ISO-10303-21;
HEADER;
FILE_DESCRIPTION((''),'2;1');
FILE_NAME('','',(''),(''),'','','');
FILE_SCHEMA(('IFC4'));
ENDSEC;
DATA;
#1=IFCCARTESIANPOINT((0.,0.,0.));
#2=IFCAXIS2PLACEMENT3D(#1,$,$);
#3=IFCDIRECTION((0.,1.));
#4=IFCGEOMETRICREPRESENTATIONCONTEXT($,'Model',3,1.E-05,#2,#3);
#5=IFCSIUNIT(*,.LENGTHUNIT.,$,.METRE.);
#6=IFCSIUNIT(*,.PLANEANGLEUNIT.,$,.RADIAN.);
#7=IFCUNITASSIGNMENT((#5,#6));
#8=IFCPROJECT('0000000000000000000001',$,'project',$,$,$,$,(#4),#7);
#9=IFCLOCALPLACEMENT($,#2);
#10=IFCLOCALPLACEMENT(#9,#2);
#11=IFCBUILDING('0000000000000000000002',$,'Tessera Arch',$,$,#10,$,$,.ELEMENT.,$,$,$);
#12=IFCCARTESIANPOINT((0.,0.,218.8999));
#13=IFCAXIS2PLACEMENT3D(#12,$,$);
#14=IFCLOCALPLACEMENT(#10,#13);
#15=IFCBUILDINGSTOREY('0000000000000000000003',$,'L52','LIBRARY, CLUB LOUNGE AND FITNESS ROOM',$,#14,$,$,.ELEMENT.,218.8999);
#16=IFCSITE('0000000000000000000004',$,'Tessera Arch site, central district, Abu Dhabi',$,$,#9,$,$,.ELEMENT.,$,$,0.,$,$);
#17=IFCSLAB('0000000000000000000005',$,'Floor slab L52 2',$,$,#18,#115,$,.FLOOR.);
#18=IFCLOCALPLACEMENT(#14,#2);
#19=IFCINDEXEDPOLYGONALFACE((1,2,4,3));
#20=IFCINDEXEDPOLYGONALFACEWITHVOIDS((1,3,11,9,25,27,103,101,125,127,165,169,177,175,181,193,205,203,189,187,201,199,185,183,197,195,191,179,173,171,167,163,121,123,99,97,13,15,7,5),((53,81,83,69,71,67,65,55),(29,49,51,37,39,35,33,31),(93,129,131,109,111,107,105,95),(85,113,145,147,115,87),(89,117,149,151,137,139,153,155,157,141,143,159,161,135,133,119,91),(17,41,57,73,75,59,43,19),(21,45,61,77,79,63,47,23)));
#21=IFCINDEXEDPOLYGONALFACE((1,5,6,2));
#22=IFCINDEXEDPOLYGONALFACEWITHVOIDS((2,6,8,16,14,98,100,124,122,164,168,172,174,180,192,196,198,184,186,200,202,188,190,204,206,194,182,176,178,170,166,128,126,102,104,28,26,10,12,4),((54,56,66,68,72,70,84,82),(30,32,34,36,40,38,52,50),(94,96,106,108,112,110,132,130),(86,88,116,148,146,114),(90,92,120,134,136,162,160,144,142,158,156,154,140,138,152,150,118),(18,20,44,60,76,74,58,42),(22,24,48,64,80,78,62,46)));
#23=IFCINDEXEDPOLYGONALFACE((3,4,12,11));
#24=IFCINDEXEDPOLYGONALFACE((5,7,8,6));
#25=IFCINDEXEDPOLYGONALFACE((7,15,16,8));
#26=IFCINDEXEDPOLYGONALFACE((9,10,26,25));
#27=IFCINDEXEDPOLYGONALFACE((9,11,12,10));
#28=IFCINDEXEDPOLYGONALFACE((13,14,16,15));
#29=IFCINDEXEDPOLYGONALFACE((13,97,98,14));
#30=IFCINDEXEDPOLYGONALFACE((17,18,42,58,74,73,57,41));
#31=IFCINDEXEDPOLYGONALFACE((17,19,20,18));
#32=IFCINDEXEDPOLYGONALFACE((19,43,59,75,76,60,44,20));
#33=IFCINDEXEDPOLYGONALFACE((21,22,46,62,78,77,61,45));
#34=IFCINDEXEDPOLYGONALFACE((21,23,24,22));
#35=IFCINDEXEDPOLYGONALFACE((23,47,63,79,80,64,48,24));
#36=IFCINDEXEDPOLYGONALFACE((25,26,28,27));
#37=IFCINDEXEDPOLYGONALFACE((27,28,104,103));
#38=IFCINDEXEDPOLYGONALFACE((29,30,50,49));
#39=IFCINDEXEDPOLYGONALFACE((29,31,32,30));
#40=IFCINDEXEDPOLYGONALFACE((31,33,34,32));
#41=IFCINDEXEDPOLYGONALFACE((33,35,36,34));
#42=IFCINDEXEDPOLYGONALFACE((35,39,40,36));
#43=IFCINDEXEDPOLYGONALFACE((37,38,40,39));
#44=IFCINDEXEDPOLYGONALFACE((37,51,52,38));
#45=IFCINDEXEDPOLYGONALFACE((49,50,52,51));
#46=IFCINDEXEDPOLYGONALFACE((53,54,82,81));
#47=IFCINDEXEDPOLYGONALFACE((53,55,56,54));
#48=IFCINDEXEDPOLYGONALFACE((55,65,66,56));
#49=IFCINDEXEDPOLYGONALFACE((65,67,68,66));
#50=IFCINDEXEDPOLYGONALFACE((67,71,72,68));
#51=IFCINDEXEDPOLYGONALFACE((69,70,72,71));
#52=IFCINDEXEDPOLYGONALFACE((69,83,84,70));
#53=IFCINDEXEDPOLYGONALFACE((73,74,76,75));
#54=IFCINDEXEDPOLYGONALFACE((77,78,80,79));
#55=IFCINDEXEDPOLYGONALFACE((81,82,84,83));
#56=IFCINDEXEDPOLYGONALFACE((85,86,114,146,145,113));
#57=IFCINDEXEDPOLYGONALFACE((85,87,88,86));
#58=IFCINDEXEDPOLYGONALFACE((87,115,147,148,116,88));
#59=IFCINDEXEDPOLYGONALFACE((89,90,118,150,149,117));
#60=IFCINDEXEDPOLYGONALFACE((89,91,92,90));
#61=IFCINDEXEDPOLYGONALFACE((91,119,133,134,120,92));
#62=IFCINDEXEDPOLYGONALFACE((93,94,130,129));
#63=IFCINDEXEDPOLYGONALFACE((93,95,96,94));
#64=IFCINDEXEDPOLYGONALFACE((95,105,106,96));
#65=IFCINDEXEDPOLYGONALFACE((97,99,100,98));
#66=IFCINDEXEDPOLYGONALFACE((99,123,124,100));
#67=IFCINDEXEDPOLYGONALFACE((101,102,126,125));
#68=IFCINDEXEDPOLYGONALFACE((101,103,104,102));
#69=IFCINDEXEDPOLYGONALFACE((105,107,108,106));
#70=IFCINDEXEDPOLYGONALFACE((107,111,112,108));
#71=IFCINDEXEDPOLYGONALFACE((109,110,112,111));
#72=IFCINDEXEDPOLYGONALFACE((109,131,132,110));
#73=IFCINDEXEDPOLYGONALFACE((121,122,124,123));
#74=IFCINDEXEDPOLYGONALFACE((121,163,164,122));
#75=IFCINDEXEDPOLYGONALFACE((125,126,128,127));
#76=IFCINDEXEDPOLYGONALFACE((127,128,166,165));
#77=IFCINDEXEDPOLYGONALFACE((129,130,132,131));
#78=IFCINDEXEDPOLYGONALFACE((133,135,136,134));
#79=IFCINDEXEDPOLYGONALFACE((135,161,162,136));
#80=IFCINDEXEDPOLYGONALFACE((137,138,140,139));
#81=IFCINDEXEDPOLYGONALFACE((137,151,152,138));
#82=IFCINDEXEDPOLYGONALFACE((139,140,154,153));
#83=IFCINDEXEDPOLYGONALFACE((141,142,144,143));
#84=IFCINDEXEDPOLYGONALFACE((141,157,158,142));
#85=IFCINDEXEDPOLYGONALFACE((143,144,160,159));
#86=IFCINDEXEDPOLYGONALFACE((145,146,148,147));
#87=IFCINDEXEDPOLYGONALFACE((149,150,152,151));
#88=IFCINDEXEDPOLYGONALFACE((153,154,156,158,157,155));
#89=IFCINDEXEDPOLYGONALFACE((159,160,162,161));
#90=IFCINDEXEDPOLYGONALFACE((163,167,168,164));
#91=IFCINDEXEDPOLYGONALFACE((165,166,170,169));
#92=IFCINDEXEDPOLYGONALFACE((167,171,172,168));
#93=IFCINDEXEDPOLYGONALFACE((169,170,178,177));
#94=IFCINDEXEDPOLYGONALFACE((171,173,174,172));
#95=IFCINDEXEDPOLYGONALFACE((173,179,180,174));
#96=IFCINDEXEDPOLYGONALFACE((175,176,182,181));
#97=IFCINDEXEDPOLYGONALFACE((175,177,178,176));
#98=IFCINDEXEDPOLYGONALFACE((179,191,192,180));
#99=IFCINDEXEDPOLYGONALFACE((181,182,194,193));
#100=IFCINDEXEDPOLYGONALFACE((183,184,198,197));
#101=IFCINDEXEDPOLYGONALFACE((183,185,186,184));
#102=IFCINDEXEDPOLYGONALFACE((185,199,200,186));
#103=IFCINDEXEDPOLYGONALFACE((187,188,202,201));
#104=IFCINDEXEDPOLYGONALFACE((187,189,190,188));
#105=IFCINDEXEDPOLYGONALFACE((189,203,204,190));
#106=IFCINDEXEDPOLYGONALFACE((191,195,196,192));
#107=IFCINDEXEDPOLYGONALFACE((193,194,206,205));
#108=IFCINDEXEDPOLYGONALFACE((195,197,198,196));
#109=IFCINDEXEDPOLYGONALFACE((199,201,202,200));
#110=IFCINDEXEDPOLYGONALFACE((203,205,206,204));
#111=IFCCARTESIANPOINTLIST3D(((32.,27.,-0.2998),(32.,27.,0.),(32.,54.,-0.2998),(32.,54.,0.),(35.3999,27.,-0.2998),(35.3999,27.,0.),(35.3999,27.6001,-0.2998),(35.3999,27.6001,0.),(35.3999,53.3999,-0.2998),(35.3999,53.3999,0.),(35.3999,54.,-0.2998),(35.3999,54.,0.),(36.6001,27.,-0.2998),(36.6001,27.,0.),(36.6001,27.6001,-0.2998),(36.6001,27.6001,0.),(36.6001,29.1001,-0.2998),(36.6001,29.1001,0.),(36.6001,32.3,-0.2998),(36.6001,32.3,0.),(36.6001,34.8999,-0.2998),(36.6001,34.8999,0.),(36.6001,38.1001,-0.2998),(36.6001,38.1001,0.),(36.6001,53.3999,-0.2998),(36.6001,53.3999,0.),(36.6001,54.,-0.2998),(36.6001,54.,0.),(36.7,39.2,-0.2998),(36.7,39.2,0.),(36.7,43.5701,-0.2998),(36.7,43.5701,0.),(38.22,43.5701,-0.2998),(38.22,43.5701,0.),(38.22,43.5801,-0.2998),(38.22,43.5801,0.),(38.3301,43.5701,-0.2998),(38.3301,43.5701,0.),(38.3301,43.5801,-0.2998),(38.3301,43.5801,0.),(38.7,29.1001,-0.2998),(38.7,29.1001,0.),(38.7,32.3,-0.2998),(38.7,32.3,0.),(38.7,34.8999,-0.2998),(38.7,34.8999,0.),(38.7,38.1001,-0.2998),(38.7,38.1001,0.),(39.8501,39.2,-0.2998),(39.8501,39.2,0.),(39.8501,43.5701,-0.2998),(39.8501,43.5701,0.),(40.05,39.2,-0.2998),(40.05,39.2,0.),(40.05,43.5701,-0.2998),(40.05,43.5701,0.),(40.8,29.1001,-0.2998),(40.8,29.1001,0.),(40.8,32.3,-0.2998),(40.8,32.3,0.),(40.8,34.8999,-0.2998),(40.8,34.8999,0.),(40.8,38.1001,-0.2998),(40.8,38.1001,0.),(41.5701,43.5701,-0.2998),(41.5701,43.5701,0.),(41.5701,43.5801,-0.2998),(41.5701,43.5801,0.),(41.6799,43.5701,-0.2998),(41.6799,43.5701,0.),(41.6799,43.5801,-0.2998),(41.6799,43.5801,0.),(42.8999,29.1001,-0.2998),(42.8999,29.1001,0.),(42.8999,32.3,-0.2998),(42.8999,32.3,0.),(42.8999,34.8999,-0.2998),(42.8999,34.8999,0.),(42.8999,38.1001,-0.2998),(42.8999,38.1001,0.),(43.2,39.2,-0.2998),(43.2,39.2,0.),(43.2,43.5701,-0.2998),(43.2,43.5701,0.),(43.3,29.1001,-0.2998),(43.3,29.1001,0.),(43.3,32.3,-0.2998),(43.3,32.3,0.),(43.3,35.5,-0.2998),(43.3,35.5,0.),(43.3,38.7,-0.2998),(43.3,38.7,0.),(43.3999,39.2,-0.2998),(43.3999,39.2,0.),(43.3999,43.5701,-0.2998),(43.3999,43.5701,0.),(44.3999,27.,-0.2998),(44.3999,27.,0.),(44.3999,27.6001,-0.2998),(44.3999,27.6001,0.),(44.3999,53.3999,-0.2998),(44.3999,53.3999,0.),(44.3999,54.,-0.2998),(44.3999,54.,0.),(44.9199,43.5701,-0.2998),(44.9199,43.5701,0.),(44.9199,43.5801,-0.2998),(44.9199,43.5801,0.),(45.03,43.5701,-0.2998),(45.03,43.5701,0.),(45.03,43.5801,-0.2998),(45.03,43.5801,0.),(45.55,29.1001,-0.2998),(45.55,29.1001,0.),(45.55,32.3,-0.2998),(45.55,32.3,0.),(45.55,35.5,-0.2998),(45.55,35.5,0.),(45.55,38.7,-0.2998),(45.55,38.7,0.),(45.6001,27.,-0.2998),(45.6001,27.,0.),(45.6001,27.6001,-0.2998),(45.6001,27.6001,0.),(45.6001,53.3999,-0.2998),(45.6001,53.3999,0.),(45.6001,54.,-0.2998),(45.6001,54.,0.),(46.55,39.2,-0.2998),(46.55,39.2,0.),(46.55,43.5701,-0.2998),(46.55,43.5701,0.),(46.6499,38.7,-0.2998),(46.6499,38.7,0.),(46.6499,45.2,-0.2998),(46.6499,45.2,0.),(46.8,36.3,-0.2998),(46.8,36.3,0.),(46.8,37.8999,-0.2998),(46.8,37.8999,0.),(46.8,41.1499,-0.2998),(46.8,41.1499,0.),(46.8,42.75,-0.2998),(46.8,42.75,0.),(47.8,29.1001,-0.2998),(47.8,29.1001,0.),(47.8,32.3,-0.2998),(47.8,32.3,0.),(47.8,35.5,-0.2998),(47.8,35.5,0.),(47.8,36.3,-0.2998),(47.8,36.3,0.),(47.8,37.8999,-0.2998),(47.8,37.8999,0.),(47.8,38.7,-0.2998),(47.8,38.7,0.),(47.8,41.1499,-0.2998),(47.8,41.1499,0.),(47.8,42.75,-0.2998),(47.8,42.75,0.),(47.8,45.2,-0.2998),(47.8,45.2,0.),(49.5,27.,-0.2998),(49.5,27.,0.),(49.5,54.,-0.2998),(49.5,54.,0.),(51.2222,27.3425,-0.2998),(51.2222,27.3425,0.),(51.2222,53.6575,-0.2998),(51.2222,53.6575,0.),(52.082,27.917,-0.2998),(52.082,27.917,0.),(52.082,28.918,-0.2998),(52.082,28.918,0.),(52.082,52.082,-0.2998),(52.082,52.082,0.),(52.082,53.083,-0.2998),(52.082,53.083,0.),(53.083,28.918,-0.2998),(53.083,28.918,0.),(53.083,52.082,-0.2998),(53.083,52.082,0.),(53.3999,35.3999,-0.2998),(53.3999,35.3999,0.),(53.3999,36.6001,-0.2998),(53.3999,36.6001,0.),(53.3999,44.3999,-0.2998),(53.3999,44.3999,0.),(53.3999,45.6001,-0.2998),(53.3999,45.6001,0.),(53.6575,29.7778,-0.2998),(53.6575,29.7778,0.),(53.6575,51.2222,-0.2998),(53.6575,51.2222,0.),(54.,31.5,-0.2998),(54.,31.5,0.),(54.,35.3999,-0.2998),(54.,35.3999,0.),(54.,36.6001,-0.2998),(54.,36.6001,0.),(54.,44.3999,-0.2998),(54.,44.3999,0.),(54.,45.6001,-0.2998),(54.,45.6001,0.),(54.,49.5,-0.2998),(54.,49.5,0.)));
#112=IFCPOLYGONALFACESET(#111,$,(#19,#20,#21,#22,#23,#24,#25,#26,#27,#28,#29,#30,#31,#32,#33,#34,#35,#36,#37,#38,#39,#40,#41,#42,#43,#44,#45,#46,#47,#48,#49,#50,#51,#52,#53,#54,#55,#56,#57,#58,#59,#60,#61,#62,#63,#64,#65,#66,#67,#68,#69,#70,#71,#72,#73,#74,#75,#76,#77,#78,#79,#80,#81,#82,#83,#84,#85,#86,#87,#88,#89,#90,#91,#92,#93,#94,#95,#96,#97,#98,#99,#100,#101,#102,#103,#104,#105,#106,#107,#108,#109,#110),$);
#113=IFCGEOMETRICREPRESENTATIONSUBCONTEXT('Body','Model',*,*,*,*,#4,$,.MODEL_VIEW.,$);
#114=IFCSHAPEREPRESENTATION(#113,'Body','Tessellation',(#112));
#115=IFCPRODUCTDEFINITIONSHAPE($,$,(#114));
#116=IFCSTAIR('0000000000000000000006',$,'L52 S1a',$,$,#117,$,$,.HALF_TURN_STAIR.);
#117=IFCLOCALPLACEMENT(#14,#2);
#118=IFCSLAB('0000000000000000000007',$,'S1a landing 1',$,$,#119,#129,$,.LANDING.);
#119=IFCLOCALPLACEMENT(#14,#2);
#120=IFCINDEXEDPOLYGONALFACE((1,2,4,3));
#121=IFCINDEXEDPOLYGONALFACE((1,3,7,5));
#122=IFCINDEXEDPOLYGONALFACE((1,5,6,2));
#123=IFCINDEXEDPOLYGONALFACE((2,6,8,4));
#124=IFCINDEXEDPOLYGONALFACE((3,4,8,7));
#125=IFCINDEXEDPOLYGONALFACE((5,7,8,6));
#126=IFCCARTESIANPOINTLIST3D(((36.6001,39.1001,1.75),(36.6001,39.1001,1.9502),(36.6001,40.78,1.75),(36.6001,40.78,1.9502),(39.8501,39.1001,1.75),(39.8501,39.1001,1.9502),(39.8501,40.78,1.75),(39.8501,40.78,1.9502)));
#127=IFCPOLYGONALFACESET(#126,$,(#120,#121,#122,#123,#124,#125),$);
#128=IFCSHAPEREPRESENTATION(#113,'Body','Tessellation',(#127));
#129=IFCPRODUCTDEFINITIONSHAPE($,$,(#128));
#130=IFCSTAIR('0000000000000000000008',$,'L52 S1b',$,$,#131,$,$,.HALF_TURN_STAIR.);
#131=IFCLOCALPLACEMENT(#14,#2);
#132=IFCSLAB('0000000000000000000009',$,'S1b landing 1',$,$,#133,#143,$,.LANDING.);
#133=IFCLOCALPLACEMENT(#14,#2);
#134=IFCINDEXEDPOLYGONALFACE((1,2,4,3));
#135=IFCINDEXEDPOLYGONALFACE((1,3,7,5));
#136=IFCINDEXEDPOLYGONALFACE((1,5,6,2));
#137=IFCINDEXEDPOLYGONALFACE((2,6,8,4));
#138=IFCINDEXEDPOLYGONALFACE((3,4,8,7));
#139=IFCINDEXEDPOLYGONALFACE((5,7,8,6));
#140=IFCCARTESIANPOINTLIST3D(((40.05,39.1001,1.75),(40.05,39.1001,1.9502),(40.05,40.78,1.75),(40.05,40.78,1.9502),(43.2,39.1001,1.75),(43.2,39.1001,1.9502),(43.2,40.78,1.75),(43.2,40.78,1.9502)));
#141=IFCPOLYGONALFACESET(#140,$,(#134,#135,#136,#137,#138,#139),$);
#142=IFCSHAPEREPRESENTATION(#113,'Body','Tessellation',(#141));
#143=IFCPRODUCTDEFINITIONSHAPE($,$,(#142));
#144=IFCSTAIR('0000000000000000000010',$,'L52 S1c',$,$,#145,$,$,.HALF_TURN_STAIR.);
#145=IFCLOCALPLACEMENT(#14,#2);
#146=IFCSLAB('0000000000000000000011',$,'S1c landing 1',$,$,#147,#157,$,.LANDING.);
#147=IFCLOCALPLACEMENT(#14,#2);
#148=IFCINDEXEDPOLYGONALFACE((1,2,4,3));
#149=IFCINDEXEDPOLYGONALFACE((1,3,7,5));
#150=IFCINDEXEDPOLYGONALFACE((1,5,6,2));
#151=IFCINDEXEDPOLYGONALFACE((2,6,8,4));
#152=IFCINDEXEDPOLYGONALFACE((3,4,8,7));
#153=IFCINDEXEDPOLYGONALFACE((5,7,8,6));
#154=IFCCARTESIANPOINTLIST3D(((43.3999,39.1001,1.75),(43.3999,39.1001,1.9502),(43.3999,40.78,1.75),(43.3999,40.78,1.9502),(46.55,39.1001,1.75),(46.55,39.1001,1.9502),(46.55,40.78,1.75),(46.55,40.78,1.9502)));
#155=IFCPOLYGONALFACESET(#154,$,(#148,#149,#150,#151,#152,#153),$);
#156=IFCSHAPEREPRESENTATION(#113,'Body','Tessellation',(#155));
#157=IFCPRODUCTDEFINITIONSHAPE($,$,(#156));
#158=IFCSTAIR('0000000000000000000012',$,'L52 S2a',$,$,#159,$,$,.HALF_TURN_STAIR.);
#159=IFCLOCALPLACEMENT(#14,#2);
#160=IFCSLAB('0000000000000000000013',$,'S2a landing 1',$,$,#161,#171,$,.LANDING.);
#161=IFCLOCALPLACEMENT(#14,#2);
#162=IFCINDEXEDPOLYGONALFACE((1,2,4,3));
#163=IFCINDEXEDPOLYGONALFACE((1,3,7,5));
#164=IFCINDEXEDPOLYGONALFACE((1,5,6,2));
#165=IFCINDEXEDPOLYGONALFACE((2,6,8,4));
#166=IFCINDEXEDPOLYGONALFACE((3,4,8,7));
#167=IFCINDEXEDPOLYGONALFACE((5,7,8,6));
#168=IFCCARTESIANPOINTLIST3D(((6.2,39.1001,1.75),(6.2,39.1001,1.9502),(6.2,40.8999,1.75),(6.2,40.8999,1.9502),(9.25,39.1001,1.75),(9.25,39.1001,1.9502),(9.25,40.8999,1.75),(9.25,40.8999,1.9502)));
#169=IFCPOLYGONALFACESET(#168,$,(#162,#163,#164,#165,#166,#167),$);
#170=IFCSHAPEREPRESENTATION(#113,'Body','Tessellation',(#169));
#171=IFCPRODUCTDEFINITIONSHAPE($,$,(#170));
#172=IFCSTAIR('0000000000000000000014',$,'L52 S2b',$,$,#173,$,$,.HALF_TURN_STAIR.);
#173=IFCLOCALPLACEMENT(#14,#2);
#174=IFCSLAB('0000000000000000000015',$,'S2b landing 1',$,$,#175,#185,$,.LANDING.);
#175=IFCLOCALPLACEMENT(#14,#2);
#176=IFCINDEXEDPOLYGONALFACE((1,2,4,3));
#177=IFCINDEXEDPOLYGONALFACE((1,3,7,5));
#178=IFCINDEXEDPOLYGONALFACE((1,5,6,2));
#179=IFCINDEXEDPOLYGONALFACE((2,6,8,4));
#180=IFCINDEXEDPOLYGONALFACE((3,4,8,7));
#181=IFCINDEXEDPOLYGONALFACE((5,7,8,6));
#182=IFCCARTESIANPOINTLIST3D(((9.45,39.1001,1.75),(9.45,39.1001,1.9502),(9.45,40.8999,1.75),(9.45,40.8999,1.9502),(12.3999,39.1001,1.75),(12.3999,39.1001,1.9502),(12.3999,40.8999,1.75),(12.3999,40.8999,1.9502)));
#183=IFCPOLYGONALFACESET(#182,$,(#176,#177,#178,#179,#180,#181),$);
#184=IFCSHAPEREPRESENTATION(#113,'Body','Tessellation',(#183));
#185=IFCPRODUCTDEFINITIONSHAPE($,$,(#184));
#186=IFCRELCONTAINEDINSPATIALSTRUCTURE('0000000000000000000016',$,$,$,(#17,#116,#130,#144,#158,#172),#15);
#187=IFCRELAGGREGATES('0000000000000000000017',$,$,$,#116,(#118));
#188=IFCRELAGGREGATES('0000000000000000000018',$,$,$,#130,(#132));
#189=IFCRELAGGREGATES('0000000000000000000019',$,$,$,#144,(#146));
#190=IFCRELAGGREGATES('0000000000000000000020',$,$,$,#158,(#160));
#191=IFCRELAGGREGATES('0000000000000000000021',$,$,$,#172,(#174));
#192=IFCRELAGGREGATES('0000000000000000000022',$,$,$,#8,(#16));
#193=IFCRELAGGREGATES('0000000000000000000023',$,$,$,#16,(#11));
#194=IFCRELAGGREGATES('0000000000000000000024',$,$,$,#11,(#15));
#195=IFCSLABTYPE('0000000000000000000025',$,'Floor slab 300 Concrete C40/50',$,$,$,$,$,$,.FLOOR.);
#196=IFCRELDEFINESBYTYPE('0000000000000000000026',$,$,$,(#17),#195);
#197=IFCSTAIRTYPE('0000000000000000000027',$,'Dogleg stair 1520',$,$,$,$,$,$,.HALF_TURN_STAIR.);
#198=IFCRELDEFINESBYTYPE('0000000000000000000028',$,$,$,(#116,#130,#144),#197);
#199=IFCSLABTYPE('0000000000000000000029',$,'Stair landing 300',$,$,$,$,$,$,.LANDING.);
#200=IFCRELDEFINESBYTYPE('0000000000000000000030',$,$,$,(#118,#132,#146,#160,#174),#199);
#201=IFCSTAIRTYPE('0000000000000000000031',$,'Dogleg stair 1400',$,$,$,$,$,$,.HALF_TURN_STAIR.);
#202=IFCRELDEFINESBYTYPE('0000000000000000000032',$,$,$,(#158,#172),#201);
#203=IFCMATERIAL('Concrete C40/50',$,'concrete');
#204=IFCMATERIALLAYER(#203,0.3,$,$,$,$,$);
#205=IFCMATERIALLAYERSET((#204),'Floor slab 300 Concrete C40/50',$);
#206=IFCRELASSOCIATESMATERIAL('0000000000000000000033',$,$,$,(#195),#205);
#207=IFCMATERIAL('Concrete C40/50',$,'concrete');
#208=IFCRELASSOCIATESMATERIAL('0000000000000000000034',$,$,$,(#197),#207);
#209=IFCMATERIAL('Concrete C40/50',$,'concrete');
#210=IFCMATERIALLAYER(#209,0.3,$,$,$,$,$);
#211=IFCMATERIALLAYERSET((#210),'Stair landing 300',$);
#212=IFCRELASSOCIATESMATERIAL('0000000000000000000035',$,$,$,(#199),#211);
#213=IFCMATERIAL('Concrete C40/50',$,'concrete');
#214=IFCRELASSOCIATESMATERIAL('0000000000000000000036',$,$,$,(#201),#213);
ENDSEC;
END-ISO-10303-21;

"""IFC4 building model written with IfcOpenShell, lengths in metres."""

from ifc_helpers import new_model, si_unit, direction, frame, origin, place, context, subcontext, project, spatial, polyline, outline, extrude, material, layer, layer_set, type_object, element, aggregate, save


model = new_model("IFC4")

# Units and contexts
model_context = context("Model", 3, precision=1e-05, world=origin(), true_north=direction((0.0, 1.0)))
body_context = subcontext(model_context, "Body", "Model", "MODEL_VIEW")
ifc_project = project(units=[si_unit("LENGTHUNIT", "METRE"), si_unit("PLANEANGLEUNIT", "RADIAN")], contexts=[model_context])

# Site, building, storey
site_placement = place(None, origin())
site = spatial("IfcSite", under=ifc_project, at=site_placement, Name="Tessera Arch site, central district, Abu Dhabi", CompositionType="ELEMENT", RefElevation=0.0)
building_placement = place(site_placement, origin())
building = spatial("IfcBuilding", under=site, at=building_placement, Name="Tessera Arch", CompositionType="ELEMENT")
storey_placement = place(building_placement, frame((0.0, 0.0, 218.8999)))
storey = spatial("IfcBuildingStorey", under=building, at=storey_placement, Name="L52", Description="LIBRARY, CLUB LOUNGE AND FITNESS ROOM", CompositionType="ELEMENT", Elevation=218.8999)

# Slab
ifc_material_1 = material(Name="Concrete C40/50", Category="concrete")
ifc_layer_1 = layer(ifc_material_1, 0.3)
ifc_layer_set_1 = layer_set([ifc_layer_1], Name="Floor slab 300 Concrete C40/50")
slab_type_1 = type_object("IfcSlabType", Name="Floor slab 300 Concrete C40/50", PredefinedType="FLOOR", material=ifc_layer_set_1)
slab_1_placement = place(storey_placement, frame((0.0, 0.0, -0.2998)))
element("IfcSlab", 1, at=slab_1_placement, inside=storey, type_object=slab_type_1, Name="Floor slab L52 2", PredefinedType="FLOOR", context=body_context, shape_type="SweptSolid", body=[
    extrude(outline(polyline([(51.2222, 53.6575), (52.082, 53.083), (52.082, 52.082), (53.083, 52.082), (53.6575, 51.2222), (54.0, 49.5), (54.0, 45.6001), (53.3999, 45.6001), (53.3999, 44.3999), (54.0, 44.3999), (54.0, 36.6001), (53.3999, 36.6001), (53.3999, 35.3999), (54.0, 35.3999), (54.0, 31.5), (53.6575, 29.7778), (53.083, 28.918), (52.082, 28.918), (52.082, 27.917), (51.2222, 27.3425), (49.5, 27.0), (45.6001, 27.0), (45.6001, 27.6001), (44.3999, 27.6001), (44.3999, 27.0), (36.6001, 27.0), (36.6001, 27.6001), (35.3999, 27.6001), (35.3999, 27.0), (32.0, 27.0), (32.0, 54.0), (35.3999, 54.0), (35.3999, 53.3999), (36.6001, 53.3999), (36.6001, 54.0), (44.3999, 54.0), (44.3999, 53.3999), (45.6001, 53.3999), (45.6001, 54.0), (49.5, 54.0), (51.2222, 53.6575)]), holes=[polyline([(36.6001, 29.1001), (38.7, 29.1001), (40.8, 29.1001), (42.8999, 29.1001), (42.8999, 32.3), (40.8, 32.3), (38.7, 32.3), (36.6001, 32.3), (36.6001, 29.1001)]), polyline([(47.8, 32.3), (45.55, 32.3), (43.3, 32.3), (43.3, 29.1001), (45.55, 29.1001), (47.8, 29.1001), (47.8, 32.3)]), polyline([(42.8999, 34.8999), (42.8999, 38.1001), (40.8, 38.1001), (38.7, 38.1001), (36.6001, 38.1001), (36.6001, 34.8999), (38.7, 34.8999), (40.8, 34.8999), (42.8999, 34.8999)]), polyline([(47.8, 41.1499), (46.8, 41.1499), (46.8, 42.75), (47.8, 42.75), (47.8, 45.2), (46.6499, 45.2), (46.6499, 38.7), (45.55, 38.7), (43.3, 38.7), (43.3, 35.5), (45.55, 35.5), (47.8, 35.5), (47.8, 36.3), (46.8, 36.3), (46.8, 37.8999), (47.8, 37.8999), (47.8, 38.7), (47.8, 41.1499)]), polyline([(36.7, 43.5701), (36.7, 39.2), (39.8501, 39.2), (39.8501, 43.5701), (38.3301, 43.5701), (38.3301, 43.5801), (38.22, 43.5801), (38.22, 43.5701), (36.7, 43.5701)]), polyline([(40.05, 39.2), (43.2, 39.2), (43.2, 43.5701), (41.6799, 43.5701), (41.6799, 43.5801), (41.5701, 43.5801), (41.5701, 43.5701), (40.05, 43.5701), (40.05, 39.2)]), polyline([(43.3999, 43.5701), (43.3999, 39.2), (46.55, 39.2), (46.55, 43.5701), (45.03, 43.5701), (45.03, 43.5801), (44.9199, 43.5801), (44.9199, 43.5701), (43.3999, 43.5701)])]), origin(), (0.0, 0.0, 1.0), 0.2998),
])

# Stairs, slabs
ifc_material_2 = material(Name="Concrete C40/50", Category="concrete")
stair_type_1 = type_object("IfcStairType", Name="Dogleg stair 1520", PredefinedType="HALF_TURN_STAIR", material=ifc_material_2)
stair_1_placement = place(storey_placement, origin())
stair_1 = element("IfcStair", 2, at=stair_1_placement, inside=storey, type_object=stair_type_1, Name="L52 S1a", PredefinedType="HALF_TURN_STAIR")
ifc_material_3 = material(Name="Concrete C40/50", Category="concrete")
ifc_layer_2 = layer(ifc_material_3, 0.3)
ifc_layer_set_2 = layer_set([ifc_layer_2], Name="Stair landing 300")
slab_type_2 = type_object("IfcSlabType", Name="Stair landing 300", PredefinedType="LANDING", material=ifc_layer_set_2)
slab_2_placement = place(storey_placement, frame((0.0, 0.0, 1.75)))
slab_2 = element("IfcSlab", 3, at=slab_2_placement, type_object=slab_type_2, Name="S1a landing 1", PredefinedType="LANDING", context=body_context, shape_type="SweptSolid", body=[
    extrude(outline(polyline([(36.6001, 40.78), (36.6001, 39.1001), (39.8501, 39.1001), (39.8501, 40.78), (36.6001, 40.78)])), origin(), (0.0, 0.0, 1.0), 0.2002),
])
aggregate(stair_1, [slab_2])
stair_2_placement = place(storey_placement, origin())
stair_2 = element("IfcStair", 4, at=stair_2_placement, inside=storey, type_object=stair_type_1, Name="L52 S1b", PredefinedType="HALF_TURN_STAIR")
slab_3_placement = place(storey_placement, frame((0.0, 0.0, 1.75)))
slab_3 = element("IfcSlab", 5, at=slab_3_placement, type_object=slab_type_2, Name="S1b landing 1", PredefinedType="LANDING", context=body_context, shape_type="SweptSolid", body=[
    extrude(outline(polyline([(40.05, 40.78), (40.05, 39.1001), (43.2, 39.1001), (43.2, 40.78), (40.05, 40.78)])), origin(), (0.0, 0.0, 1.0), 0.2002),
])
aggregate(stair_2, [slab_3])
stair_3_placement = place(storey_placement, origin())
stair_3 = element("IfcStair", 6, at=stair_3_placement, inside=storey, type_object=stair_type_1, Name="L52 S1c", PredefinedType="HALF_TURN_STAIR")
slab_4_placement = place(storey_placement, frame((0.0, 0.0, 1.75)))
slab_4 = element("IfcSlab", 7, at=slab_4_placement, type_object=slab_type_2, Name="S1c landing 1", PredefinedType="LANDING", context=body_context, shape_type="SweptSolid", body=[
    extrude(outline(polyline([(43.3999, 40.78), (43.3999, 39.1001), (46.55, 39.1001), (46.55, 40.78), (43.3999, 40.78)])), origin(), (0.0, 0.0, 1.0), 0.2002),
])
aggregate(stair_3, [slab_4])
ifc_material_4 = material(Name="Concrete C40/50", Category="concrete")
stair_type_2 = type_object("IfcStairType", Name="Dogleg stair 1400", PredefinedType="HALF_TURN_STAIR", material=ifc_material_4)
stair_4_placement = place(storey_placement, origin())
stair_4 = element("IfcStair", 8, at=stair_4_placement, inside=storey, type_object=stair_type_2, Name="L52 S2a", PredefinedType="HALF_TURN_STAIR")
slab_5_placement = place(storey_placement, frame((0.0, 0.0, 1.75)))
slab_5 = element("IfcSlab", 9, at=slab_5_placement, type_object=slab_type_2, Name="S2a landing 1", PredefinedType="LANDING", context=body_context, shape_type="SweptSolid", body=[
    extrude(outline(polyline([(6.2, 40.8999), (6.2, 39.1001), (9.25, 39.1001), (9.25, 40.8999), (6.2, 40.8999)])), origin(), (0.0, 0.0, 1.0), 0.2002),
])
aggregate(stair_4, [slab_5])
stair_5_placement = place(storey_placement, origin())
stair_5 = element("IfcStair", 10, at=stair_5_placement, inside=storey, type_object=stair_type_2, Name="L52 S2b", PredefinedType="HALF_TURN_STAIR")
slab_6_placement = place(storey_placement, frame((0.0, 0.0, 1.75)))
slab_6 = element("IfcSlab", 11, at=slab_6_placement, type_object=slab_type_2, Name="S2b landing 1", PredefinedType="LANDING", context=body_context, shape_type="SweptSolid", body=[
    extrude(outline(polyline([(9.45, 40.8999), (9.45, 39.1001), (12.3999, 39.1001), (12.3999, 40.8999), (9.45, 40.8999)])), origin(), (0.0, 0.0, 1.0), 0.2002),
])
aggregate(stair_5, [slab_6])

save(model, "model.ifc")
